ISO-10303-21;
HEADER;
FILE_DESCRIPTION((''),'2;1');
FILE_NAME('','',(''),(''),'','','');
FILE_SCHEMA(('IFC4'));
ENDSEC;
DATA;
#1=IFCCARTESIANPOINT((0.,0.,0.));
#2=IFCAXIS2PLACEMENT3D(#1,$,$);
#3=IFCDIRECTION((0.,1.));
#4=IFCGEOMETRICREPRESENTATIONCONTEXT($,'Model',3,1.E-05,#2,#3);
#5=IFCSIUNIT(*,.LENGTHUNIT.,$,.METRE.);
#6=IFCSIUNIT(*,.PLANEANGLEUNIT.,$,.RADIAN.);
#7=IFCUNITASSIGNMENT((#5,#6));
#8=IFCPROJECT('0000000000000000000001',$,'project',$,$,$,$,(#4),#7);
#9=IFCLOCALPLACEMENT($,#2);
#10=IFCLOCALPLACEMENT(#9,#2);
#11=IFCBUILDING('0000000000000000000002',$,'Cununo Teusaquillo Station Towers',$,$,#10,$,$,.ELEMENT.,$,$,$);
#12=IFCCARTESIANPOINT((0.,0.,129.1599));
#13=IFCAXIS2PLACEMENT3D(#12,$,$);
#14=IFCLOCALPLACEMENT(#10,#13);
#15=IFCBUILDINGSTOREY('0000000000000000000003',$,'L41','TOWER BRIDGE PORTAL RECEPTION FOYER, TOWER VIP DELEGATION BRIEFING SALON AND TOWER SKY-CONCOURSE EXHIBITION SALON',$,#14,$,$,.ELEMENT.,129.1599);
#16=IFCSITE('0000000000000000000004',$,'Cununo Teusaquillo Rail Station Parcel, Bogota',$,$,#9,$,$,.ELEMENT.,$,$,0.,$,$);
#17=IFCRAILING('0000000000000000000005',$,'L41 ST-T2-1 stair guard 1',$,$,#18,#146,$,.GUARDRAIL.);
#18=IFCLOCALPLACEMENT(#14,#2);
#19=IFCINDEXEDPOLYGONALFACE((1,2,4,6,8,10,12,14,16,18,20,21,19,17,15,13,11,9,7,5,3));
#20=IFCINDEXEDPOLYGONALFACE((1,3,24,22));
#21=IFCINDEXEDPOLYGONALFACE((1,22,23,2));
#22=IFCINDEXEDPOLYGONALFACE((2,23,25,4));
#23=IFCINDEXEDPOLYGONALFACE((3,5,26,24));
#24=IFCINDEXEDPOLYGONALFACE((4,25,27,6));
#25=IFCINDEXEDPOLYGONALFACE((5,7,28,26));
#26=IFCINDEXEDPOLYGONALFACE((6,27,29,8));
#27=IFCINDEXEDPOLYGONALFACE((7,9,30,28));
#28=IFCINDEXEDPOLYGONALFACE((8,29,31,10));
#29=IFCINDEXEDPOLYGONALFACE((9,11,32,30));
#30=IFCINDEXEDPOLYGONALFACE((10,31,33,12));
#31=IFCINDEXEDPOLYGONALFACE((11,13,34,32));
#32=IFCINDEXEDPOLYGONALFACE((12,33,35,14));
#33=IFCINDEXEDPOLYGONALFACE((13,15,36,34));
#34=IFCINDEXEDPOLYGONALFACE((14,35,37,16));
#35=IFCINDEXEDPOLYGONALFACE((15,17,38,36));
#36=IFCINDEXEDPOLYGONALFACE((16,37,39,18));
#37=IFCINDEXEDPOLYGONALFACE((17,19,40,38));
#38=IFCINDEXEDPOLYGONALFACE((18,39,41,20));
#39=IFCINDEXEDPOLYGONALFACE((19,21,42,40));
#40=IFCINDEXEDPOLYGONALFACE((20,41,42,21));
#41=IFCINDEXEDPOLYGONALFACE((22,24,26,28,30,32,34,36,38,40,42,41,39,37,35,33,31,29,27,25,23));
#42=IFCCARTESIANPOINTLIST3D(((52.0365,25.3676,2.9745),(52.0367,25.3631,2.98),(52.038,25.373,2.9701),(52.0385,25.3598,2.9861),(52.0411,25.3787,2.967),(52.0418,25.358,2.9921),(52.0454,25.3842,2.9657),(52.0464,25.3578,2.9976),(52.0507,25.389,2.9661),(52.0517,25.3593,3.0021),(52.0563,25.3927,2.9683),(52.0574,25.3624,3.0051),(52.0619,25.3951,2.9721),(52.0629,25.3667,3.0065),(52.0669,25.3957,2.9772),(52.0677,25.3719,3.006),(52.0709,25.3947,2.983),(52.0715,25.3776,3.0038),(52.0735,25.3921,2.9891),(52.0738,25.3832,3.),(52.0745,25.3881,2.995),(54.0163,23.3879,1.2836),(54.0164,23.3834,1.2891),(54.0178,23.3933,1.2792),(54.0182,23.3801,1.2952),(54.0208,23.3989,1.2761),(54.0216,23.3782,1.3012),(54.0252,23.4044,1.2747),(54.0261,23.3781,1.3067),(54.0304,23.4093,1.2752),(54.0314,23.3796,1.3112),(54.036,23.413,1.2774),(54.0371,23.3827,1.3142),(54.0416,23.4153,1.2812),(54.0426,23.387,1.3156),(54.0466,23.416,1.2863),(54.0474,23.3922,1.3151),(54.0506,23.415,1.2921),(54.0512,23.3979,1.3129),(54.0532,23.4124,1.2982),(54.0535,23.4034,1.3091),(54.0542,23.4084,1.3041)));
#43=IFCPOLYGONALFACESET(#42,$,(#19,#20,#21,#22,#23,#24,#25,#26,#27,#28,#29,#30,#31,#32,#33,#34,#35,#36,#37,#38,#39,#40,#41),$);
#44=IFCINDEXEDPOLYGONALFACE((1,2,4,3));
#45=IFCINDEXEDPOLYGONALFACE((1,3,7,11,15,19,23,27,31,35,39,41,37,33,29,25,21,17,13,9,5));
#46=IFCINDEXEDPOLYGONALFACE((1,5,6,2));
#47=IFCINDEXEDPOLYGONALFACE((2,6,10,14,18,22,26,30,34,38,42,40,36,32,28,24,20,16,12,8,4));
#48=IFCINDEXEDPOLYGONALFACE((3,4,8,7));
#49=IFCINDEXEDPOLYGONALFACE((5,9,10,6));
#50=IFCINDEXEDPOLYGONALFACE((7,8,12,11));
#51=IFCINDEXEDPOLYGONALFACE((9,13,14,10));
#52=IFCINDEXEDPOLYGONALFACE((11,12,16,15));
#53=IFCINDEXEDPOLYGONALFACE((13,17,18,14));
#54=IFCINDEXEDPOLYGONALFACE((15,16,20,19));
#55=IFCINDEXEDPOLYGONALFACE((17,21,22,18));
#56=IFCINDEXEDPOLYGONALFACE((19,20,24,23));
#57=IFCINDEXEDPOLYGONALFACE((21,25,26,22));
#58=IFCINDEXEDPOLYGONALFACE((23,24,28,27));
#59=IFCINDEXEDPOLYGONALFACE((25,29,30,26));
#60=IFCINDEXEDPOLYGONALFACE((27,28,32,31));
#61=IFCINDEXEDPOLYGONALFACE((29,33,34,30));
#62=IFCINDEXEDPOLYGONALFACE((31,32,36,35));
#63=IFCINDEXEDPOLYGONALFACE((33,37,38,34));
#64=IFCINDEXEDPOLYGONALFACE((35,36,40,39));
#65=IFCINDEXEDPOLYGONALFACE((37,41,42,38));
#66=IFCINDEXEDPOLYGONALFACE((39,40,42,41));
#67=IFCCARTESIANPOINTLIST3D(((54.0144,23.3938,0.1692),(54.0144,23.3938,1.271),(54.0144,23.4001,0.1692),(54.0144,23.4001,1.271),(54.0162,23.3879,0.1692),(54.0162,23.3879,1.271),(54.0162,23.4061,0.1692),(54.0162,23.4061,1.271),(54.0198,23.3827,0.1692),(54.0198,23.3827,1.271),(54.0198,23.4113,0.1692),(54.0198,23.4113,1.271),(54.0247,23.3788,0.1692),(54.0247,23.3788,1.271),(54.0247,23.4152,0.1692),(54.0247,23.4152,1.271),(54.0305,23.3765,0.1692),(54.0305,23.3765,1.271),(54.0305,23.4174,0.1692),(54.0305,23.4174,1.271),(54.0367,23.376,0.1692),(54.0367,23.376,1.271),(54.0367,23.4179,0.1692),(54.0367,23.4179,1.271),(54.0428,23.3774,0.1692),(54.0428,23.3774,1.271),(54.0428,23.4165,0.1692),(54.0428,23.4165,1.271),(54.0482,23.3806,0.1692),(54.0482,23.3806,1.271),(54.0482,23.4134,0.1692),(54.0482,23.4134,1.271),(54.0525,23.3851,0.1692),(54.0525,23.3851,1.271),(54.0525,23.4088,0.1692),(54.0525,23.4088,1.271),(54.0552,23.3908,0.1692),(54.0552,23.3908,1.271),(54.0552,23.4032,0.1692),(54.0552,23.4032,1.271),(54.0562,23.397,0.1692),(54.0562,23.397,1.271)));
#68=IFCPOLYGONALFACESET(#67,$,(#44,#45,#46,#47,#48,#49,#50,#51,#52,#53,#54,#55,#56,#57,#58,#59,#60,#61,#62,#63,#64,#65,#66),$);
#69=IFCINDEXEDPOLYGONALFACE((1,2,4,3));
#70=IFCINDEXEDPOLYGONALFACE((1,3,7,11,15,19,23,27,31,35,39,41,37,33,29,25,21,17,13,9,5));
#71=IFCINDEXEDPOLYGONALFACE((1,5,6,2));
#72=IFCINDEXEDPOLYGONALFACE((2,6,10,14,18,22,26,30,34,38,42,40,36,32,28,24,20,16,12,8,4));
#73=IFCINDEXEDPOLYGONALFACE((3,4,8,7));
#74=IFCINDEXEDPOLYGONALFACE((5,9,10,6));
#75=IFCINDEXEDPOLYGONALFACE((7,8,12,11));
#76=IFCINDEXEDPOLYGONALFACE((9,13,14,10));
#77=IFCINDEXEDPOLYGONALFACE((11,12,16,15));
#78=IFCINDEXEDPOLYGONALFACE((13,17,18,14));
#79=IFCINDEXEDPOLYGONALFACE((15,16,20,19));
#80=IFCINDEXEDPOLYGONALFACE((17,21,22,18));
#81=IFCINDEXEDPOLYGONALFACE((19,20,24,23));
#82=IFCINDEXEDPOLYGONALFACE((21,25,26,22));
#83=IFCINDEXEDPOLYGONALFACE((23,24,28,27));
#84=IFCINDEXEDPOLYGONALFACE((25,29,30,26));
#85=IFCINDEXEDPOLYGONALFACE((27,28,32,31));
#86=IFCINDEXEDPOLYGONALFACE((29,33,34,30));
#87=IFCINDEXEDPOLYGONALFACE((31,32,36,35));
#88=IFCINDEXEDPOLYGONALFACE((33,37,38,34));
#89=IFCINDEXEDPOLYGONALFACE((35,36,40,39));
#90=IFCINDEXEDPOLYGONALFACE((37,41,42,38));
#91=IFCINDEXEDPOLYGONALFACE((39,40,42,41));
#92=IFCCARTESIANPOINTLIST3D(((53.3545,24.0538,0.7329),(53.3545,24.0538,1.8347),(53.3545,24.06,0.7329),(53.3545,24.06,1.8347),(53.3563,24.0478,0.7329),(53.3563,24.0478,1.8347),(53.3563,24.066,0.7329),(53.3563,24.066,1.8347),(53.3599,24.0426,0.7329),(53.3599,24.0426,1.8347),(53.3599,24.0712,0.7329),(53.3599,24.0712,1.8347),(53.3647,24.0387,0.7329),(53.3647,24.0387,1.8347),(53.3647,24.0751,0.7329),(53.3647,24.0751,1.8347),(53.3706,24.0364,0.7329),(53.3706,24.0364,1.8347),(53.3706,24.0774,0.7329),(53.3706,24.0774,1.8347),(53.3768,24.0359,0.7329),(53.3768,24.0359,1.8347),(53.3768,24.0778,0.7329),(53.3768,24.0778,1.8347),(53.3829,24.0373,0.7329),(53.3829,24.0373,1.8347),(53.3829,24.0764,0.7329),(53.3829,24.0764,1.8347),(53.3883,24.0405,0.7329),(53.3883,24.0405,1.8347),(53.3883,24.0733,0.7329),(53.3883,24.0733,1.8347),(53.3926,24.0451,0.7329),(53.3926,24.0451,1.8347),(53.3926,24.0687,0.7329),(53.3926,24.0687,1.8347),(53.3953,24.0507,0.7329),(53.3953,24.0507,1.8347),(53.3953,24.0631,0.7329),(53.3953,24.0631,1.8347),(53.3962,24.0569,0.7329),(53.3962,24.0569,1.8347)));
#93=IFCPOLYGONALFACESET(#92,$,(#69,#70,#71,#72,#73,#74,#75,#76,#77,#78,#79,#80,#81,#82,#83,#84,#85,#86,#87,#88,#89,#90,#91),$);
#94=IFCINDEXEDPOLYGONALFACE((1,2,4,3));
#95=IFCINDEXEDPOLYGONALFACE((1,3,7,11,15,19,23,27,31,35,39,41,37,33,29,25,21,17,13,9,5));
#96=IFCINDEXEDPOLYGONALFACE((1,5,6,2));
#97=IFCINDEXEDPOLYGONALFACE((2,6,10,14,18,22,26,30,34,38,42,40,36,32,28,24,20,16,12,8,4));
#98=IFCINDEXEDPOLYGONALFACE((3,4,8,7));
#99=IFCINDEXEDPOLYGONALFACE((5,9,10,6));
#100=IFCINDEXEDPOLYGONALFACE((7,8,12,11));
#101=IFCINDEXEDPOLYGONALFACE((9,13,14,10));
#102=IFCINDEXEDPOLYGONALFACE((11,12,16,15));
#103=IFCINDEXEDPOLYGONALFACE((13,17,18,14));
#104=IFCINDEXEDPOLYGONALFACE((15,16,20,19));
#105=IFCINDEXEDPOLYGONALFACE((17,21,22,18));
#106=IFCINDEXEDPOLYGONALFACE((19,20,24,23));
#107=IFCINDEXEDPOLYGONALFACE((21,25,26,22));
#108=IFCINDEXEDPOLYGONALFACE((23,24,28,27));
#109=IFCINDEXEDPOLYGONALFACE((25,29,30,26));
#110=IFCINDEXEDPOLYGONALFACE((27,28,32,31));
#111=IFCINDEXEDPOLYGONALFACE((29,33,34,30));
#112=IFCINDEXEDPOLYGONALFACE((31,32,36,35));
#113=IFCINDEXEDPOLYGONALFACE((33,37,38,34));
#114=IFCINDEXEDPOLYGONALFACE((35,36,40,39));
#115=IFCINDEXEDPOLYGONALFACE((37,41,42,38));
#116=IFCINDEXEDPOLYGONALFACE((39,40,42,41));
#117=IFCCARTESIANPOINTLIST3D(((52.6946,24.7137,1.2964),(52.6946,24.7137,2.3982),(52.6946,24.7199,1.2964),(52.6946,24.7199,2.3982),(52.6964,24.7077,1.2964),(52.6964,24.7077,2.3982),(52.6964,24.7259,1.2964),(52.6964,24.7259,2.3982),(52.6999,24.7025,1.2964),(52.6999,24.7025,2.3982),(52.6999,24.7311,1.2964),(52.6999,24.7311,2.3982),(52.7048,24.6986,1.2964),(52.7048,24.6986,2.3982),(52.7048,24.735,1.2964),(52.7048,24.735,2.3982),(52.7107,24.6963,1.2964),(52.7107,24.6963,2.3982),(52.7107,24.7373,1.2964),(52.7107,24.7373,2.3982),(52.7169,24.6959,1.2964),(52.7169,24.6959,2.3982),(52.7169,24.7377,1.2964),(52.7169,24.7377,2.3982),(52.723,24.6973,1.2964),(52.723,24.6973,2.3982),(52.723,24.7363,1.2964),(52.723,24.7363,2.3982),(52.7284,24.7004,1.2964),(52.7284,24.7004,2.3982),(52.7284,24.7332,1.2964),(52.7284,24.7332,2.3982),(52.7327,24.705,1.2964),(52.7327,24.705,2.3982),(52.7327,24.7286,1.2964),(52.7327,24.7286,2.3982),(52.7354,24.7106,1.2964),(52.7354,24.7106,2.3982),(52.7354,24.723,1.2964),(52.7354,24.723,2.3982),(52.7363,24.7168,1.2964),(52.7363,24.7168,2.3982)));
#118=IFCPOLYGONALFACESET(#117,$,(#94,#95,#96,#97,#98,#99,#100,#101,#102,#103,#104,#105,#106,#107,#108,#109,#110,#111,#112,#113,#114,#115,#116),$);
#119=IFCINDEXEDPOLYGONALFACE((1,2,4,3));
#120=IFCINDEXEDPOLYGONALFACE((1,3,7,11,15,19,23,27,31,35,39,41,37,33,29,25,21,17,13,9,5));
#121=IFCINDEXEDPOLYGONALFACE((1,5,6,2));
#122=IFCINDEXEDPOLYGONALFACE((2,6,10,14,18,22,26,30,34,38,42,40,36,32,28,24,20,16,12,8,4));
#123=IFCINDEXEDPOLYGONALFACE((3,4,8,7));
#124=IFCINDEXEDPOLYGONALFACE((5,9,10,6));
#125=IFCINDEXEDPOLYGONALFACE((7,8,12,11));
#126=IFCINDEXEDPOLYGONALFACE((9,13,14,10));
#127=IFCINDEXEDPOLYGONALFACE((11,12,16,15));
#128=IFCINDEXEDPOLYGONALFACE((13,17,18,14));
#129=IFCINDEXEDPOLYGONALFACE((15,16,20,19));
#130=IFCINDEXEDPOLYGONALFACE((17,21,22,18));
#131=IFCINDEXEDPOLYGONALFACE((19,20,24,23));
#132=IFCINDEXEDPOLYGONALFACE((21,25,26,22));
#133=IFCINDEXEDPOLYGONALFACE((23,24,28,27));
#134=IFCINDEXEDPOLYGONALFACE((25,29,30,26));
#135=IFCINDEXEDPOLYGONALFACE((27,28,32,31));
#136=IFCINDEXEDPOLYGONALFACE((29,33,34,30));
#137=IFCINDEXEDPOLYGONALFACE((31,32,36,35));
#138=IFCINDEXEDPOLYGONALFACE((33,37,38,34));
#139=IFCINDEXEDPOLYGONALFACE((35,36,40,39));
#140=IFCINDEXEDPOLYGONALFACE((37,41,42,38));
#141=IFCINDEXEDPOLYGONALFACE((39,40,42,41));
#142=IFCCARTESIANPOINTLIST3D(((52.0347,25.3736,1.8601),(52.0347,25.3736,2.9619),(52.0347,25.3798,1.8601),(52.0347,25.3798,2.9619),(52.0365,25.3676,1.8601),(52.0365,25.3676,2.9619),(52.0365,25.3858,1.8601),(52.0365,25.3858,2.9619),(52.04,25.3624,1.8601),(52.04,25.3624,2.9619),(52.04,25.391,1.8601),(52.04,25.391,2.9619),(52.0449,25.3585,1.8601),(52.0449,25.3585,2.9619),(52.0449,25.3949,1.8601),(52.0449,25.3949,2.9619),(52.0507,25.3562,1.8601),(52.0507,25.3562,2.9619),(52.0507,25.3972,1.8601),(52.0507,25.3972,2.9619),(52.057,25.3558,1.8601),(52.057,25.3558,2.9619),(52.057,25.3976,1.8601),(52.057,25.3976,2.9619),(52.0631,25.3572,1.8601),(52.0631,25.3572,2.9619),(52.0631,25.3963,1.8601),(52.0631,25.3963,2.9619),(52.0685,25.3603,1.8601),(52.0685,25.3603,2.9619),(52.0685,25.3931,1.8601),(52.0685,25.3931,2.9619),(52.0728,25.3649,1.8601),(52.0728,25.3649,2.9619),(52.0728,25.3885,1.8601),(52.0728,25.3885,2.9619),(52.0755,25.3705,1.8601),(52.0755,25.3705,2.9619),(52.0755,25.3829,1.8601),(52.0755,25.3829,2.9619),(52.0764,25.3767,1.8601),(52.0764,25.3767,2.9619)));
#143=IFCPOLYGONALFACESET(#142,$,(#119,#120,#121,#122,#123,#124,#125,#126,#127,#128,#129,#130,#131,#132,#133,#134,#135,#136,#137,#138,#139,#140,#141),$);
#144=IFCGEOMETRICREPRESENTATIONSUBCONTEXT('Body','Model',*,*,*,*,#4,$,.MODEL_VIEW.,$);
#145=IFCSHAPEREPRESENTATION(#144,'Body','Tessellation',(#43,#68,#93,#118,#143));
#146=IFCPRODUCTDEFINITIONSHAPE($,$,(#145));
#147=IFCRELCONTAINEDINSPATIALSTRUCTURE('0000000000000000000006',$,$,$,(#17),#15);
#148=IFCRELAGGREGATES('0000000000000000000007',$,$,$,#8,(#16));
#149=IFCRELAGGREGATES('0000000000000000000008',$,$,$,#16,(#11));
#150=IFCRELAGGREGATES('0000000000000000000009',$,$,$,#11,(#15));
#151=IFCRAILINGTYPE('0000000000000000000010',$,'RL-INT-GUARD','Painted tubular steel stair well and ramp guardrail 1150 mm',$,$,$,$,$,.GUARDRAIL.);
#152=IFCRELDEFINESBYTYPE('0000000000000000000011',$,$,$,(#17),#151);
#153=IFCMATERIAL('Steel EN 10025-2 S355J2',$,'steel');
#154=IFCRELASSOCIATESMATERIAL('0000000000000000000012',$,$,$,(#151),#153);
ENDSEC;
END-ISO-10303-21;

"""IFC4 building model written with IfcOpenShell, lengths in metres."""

from ifc_helpers import new_model, si_unit, direction, frame, origin, origin_2d, place, context, subcontext, project, spatial, circle, extrude, material, type_object, element, save


model = new_model("IFC4")

# Units and contexts
model_context = context("Model", 3, precision=1e-05, world=origin(), true_north=direction((0.0, 1.0)))
body_context = subcontext(model_context, "Body", "Model", "MODEL_VIEW")
ifc_project = project(units=[si_unit("LENGTHUNIT", "METRE"), si_unit("PLANEANGLEUNIT", "RADIAN")], contexts=[model_context])

# Site, building, storey
site_placement = place(None, origin())
site = spatial("IfcSite", under=ifc_project, at=site_placement, Name="Cununo Teusaquillo Rail Station Parcel, Bogota", CompositionType="ELEMENT", RefElevation=0.0)
building_placement = place(site_placement, origin())
building = spatial("IfcBuilding", under=site, at=building_placement, Name="Cununo Teusaquillo Station Towers", CompositionType="ELEMENT")
storey_placement = place(building_placement, frame((0.0, 0.0, 129.1599)))
storey = spatial("IfcBuildingStorey", under=building, at=storey_placement, Name="L41", Description="TOWER BRIDGE PORTAL RECEPTION FOYER, TOWER VIP DELEGATION BRIEFING SALON AND TOWER SKY-CONCOURSE EXHIBITION SALON", CompositionType="ELEMENT", Elevation=129.1599)

# Railing
ifc_material_1 = material(Name="Steel EN 10025-2 S355J2", Category="steel")
railing_type_1 = type_object("IfcRailingType", Name="RL-INT-GUARD", Description="Painted tubular steel stair well and ramp guardrail 1150 mm", PredefinedType="GUARDRAIL", material=ifc_material_1)
railing_1_placement = place(storey_placement, frame((54.0352, 23.397, 0.1692)))
element("IfcRailing", 1, at=railing_1_placement, inside=storey, type_object=railing_type_1, Name="L41 ST-T2-1 stair guard 1", PredefinedType="GUARDRAIL", context=body_context, shape_type="SweptSolid", body=[
    extrude(circle(Radius=0.0239, at=origin_2d()), frame((0.0, 0.0, 1.126), z_axis=(-0.605282, 0.605282, 0.516979), x_axis=(-0.707107, -0.707107, 0.0)), (0.0, 0.0, 1.0), 3.2708),
    extrude(circle(Radius=0.021, at=origin_2d()), origin(), (0.0, 0.0, 1.0), 1.1018),
    extrude(circle(Radius=0.021, at=origin_2d()), frame((-0.6599, 0.6599, 0.5637)), (0.0, 0.0, 1.0), 1.1018),
    extrude(circle(Radius=0.021, at=origin_2d()), frame((-1.3198, 1.3198, 1.1272)), (0.0, 0.0, 1.0), 1.1018),
    extrude(circle(Radius=0.021, at=origin_2d()), frame((-1.9797, 1.9797, 1.6909)), (0.0, 0.0, 1.0), 1.1018),
])

save(model, "model.ifc")
